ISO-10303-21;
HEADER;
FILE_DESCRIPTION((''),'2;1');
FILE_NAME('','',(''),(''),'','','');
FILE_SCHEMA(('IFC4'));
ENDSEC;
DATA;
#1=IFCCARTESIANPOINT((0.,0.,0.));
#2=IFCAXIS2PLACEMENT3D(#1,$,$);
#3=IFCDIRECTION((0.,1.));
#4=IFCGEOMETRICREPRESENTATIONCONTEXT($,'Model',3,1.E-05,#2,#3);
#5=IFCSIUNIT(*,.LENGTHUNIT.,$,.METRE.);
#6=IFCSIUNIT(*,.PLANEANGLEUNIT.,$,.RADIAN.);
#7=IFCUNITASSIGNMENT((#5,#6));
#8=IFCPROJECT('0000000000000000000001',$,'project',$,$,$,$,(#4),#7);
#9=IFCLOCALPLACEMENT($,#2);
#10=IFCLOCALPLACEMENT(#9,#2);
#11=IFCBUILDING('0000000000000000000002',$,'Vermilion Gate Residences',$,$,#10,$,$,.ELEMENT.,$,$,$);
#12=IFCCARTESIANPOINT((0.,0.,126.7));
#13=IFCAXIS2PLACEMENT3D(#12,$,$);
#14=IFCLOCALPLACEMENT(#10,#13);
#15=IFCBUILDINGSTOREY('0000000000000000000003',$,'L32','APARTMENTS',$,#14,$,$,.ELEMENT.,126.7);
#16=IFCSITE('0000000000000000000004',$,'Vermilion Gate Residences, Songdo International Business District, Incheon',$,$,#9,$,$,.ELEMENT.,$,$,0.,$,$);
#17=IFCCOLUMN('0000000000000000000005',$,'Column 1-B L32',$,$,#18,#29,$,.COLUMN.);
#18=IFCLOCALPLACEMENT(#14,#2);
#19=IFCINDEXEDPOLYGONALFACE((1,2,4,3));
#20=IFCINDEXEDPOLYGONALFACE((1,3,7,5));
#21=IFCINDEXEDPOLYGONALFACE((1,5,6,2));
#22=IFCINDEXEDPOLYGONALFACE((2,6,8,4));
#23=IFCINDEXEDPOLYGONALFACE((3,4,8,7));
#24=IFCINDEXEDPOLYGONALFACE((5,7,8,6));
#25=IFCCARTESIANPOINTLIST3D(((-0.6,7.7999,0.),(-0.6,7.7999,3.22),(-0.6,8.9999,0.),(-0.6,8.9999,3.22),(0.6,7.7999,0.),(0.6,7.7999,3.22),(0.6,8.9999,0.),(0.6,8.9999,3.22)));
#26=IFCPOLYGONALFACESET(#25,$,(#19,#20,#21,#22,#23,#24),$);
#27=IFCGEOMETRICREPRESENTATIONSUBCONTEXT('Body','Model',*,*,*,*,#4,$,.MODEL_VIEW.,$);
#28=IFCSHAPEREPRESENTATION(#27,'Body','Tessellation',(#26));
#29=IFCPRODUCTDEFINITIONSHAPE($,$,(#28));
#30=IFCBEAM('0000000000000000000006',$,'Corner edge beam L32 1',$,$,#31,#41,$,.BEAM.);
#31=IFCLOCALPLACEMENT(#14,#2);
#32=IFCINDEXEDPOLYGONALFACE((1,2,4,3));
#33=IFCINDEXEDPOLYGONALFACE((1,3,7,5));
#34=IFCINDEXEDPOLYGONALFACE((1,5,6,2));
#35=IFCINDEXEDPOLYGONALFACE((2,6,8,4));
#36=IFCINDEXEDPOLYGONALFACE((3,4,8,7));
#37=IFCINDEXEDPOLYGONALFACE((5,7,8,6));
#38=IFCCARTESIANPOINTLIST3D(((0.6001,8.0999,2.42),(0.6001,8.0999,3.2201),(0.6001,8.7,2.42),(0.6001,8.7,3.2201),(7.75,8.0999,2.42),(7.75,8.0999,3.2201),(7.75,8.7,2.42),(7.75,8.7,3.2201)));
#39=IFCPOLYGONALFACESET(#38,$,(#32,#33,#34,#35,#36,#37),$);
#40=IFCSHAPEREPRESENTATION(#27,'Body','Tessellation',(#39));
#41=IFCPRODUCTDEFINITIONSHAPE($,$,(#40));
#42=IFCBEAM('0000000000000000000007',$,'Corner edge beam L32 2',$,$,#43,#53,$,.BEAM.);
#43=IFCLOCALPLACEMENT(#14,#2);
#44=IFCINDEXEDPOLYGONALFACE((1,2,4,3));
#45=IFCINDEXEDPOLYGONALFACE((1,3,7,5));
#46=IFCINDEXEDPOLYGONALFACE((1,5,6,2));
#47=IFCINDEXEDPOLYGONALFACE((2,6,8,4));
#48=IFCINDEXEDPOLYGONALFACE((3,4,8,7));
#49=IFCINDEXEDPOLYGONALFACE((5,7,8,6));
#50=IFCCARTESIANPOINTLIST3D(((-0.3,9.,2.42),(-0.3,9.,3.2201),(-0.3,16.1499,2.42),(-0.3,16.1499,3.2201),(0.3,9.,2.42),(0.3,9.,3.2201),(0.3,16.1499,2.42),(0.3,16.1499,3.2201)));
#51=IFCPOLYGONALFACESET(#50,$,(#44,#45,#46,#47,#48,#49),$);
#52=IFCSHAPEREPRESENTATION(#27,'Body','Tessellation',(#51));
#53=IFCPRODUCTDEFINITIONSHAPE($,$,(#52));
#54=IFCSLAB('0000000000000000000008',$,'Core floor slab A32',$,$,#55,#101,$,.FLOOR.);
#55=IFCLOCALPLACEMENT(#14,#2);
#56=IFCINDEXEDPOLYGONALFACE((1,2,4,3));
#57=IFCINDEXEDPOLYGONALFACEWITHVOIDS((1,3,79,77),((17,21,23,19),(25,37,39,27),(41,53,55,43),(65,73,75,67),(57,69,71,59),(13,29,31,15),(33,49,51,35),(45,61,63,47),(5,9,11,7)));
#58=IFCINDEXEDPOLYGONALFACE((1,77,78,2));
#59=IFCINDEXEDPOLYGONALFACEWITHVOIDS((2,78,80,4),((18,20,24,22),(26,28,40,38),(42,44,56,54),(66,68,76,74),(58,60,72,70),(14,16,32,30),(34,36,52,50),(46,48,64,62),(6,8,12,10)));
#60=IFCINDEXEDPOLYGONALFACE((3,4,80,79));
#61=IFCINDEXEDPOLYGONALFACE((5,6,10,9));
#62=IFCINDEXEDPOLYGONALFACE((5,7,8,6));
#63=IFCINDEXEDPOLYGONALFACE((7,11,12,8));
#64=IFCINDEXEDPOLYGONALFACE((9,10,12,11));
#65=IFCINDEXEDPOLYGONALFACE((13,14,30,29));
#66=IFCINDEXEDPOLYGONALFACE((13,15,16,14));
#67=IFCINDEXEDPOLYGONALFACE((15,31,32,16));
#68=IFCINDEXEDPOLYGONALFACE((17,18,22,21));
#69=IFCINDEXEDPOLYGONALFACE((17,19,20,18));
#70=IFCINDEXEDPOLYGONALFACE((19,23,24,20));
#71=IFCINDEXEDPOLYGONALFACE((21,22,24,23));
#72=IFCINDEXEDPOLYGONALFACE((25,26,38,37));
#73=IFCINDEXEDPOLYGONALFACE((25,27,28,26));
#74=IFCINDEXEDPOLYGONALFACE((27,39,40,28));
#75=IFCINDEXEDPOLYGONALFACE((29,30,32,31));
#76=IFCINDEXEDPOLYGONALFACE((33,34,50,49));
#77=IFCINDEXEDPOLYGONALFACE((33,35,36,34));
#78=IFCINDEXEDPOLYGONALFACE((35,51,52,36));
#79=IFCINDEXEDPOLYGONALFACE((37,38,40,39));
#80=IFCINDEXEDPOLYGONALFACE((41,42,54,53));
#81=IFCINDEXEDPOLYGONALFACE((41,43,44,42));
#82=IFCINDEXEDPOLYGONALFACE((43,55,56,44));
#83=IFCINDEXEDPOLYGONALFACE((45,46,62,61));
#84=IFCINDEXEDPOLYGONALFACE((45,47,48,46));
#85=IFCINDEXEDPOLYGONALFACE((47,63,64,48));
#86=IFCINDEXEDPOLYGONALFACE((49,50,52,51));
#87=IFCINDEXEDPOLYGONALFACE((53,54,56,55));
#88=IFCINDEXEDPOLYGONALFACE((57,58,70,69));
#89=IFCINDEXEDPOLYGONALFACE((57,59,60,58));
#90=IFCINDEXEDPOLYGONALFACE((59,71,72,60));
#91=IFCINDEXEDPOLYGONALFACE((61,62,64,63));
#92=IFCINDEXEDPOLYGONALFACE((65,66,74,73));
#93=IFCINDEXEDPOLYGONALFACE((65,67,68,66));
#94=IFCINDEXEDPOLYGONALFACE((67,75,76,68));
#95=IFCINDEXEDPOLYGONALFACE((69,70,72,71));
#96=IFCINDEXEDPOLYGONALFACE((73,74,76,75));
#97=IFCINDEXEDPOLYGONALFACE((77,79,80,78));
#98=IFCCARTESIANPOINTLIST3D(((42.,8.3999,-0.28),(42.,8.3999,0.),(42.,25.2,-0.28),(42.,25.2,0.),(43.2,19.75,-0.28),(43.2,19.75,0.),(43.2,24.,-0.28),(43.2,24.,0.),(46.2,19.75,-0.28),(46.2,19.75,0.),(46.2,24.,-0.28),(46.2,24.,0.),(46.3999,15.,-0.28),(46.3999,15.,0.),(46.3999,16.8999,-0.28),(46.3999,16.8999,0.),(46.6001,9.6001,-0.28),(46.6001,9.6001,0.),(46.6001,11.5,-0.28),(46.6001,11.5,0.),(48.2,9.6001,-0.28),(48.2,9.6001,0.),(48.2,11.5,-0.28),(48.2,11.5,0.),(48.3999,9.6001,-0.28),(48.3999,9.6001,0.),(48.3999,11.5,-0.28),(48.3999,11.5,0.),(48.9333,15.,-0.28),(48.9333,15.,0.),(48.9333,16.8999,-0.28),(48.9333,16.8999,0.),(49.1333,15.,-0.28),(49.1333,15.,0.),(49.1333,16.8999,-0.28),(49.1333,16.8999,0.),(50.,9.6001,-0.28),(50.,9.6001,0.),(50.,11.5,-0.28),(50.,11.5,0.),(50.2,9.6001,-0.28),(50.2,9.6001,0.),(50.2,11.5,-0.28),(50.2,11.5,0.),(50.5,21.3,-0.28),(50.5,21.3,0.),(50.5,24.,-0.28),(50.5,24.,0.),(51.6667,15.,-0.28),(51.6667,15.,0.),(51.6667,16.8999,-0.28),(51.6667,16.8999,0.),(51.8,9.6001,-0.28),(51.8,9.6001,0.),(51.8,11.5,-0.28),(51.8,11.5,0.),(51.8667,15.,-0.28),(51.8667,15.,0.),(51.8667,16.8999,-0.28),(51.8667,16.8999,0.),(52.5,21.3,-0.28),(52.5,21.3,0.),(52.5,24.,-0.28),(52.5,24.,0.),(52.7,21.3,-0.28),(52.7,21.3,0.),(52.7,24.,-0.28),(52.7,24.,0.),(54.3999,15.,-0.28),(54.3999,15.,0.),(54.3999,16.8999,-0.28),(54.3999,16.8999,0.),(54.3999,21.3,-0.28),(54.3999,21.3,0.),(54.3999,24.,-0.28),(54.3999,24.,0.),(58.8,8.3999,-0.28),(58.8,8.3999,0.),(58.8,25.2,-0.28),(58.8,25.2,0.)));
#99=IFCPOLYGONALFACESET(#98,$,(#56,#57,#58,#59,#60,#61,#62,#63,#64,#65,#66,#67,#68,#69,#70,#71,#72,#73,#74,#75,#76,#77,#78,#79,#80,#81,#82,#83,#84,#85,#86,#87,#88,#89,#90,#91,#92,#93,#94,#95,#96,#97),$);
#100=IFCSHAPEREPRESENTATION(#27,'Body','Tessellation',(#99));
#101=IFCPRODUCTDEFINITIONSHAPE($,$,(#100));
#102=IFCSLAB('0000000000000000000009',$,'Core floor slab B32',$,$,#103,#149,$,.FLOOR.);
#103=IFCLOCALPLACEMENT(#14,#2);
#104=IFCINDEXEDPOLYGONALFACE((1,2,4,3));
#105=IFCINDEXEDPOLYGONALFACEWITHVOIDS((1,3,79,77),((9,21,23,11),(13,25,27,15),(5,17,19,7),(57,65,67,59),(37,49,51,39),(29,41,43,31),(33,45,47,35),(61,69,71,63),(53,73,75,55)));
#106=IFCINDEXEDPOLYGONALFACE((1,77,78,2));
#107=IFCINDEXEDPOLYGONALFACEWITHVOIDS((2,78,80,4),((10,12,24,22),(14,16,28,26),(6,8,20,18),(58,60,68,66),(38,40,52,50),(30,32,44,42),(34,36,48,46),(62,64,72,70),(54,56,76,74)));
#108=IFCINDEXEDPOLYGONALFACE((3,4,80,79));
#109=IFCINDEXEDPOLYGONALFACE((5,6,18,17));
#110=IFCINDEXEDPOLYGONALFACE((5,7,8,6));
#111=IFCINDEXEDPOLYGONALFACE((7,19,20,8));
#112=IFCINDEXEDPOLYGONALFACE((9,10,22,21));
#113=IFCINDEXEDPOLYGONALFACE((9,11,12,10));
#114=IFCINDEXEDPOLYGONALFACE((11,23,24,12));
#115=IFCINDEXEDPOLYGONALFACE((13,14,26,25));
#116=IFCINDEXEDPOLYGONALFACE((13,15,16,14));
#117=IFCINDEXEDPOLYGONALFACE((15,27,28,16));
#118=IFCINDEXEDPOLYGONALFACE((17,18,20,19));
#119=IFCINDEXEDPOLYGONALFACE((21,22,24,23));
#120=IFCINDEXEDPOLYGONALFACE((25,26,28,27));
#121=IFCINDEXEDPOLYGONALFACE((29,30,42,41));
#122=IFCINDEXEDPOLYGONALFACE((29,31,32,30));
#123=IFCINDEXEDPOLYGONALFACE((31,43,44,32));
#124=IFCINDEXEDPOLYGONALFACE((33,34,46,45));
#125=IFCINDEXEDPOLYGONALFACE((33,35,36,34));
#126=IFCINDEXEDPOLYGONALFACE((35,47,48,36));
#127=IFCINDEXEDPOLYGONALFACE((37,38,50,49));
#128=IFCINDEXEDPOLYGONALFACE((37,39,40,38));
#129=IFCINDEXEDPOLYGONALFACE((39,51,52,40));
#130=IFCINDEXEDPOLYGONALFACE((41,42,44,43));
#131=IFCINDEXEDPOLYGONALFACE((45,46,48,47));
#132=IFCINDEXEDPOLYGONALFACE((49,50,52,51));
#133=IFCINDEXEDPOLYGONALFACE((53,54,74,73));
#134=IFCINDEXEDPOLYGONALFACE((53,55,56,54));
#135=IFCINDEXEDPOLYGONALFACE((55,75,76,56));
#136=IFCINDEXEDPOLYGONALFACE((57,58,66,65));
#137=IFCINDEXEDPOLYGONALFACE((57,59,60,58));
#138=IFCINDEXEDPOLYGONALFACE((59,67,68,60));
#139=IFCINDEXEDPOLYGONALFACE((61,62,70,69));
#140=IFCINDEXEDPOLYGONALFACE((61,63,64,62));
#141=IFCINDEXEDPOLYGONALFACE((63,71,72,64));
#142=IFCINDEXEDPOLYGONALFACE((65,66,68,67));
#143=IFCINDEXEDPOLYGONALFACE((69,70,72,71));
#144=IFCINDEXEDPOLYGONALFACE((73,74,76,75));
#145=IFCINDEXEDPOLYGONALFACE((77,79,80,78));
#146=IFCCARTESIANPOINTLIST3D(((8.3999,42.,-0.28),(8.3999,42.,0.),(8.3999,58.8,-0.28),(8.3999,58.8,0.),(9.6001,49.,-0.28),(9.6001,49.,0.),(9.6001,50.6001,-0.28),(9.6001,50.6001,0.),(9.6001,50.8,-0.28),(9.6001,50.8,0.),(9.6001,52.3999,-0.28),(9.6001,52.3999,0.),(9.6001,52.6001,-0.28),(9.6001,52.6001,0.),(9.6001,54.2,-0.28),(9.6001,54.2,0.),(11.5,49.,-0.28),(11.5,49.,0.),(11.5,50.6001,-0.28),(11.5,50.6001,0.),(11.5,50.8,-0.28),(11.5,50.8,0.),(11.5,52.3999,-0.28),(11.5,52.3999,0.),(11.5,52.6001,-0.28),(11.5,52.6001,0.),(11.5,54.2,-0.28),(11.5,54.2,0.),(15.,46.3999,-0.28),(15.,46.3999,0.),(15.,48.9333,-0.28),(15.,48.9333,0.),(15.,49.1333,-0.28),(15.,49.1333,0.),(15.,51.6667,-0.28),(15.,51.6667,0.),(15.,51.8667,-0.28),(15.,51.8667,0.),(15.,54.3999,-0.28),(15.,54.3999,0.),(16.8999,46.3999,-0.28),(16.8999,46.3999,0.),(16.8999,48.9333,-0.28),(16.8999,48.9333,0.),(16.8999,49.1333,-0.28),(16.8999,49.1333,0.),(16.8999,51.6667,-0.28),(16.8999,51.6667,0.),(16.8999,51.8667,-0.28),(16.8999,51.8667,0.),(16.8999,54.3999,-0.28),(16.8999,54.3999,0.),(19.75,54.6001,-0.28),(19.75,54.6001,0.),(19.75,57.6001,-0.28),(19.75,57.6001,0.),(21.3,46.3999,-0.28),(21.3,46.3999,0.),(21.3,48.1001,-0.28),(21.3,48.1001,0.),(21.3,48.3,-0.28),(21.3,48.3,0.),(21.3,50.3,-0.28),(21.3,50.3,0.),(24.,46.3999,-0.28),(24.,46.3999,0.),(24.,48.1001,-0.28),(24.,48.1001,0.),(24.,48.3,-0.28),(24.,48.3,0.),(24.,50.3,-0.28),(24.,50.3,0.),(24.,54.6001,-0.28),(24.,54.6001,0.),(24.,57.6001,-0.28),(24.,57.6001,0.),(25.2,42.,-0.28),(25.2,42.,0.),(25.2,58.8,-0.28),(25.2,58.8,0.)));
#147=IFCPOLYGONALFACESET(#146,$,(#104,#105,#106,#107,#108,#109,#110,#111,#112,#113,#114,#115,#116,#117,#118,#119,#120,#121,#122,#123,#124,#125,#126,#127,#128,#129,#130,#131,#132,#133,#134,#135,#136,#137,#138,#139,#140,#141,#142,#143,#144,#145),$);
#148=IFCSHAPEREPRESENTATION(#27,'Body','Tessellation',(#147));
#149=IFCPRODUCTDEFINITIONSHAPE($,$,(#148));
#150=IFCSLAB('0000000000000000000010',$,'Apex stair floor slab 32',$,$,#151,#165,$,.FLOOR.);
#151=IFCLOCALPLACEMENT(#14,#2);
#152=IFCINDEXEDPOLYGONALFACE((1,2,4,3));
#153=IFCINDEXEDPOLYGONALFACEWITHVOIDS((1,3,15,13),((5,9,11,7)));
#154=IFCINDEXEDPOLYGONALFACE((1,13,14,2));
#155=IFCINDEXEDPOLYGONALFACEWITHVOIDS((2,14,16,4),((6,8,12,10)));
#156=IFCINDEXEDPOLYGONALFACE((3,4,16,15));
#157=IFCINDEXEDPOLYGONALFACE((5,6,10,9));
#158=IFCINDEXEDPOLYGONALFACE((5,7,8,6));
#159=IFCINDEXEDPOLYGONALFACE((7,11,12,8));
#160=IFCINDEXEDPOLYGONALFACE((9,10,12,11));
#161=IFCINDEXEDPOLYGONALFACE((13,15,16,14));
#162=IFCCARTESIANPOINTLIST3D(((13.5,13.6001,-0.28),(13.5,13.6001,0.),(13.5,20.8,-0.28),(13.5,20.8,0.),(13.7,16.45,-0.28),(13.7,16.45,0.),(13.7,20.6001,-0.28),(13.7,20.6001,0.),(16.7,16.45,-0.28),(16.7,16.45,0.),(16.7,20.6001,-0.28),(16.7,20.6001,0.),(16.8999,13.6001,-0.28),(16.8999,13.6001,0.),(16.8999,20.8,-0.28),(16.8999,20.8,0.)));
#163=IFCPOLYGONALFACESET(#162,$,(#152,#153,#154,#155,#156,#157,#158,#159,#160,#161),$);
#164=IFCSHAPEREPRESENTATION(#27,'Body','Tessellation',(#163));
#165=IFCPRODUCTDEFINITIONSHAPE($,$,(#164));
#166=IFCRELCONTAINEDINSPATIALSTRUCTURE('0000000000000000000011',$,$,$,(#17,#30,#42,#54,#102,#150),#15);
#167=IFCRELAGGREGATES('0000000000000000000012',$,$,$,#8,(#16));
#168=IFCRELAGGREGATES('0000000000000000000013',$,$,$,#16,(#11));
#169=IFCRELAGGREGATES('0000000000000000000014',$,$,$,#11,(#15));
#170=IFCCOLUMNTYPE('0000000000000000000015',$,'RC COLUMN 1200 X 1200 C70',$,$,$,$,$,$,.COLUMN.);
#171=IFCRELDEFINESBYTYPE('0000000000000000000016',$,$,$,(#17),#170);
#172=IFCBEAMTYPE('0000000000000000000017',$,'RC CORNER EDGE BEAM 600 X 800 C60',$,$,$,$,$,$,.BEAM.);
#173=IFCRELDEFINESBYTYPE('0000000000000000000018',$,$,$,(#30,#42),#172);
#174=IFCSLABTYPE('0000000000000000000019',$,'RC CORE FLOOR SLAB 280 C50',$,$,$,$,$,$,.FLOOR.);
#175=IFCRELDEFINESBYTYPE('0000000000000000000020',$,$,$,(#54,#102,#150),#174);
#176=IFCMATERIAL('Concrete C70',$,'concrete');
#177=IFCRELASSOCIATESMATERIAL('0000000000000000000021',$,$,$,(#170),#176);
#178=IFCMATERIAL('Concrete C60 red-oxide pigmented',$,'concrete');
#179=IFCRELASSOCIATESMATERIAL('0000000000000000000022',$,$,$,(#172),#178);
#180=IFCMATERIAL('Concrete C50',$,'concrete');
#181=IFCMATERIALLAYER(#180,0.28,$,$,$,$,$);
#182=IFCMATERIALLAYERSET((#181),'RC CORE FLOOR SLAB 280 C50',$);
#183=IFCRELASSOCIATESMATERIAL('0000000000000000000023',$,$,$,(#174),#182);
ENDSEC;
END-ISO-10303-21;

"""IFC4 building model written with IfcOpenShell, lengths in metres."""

from ifc_helpers import new_model, si_unit, direction, frame, origin, origin_2d, place, context, subcontext, project, spatial, polyline, rectangle, outline, extrude, material, layer, layer_set, material_profile, profile_set, type_object, element, save


model = new_model("IFC4")

# Units and contexts
model_context = context("Model", 3, precision=1e-05, world=origin(), true_north=direction((0.0, 1.0)))
body_context = subcontext(model_context, "Body", "Model", "MODEL_VIEW")
ifc_project = project(units=[si_unit("LENGTHUNIT", "METRE"), si_unit("PLANEANGLEUNIT", "RADIAN")], contexts=[model_context])

# Site, building, storey
site_placement = place(None, origin())
site = spatial("IfcSite", under=ifc_project, at=site_placement, Name="Vermilion Gate Residences, Songdo International Business District, Incheon", CompositionType="ELEMENT", RefElevation=0.0)
building_placement = place(site_placement, origin())
building = spatial("IfcBuilding", under=site, at=building_placement, Name="Vermilion Gate Residences", CompositionType="ELEMENT")
storey_placement = place(building_placement, frame((0.0, 0.0, 126.7)))
storey = spatial("IfcBuildingStorey", under=building, at=storey_placement, Name="L32", Description="APARTMENTS", CompositionType="ELEMENT", Elevation=126.7)

# Column
ifc_material_1 = material(Name="Concrete C70", Category="concrete")
ifc_material_profile_1 = material_profile(ifc_material_1, rectangle(XDim=1.2, YDim=1.2, at=origin_2d()), Name="RC-1200x1200")
ifc_profile_set_1 = profile_set([ifc_material_profile_1], Name="Concrete C70")
column_type = type_object("IfcColumnType", Name="RC COLUMN 1200 X 1200 C70", PredefinedType="COLUMN", material=ifc_profile_set_1)
column_placement = place(storey_placement, frame((0.0, 8.3999, 0.0), z_axis=(0.0, 0.0, 1.0), x_axis=(1.0, 0.0, 0.0)))
element("IfcColumn", 1, at=column_placement, inside=storey, type_object=column_type, Name="Column 1-B L32", PredefinedType="COLUMN", context=body_context, shape_type="SweptSolid", body=[
    extrude(rectangle(XDim=1.2, YDim=1.2, at=origin_2d()), origin(), (0.0, 0.0, 1.0), 3.22),
])

# Beams
ifc_material_2 = material(Name="Concrete C60 red-oxide pigmented", Category="concrete")
ifc_material_profile_2 = material_profile(ifc_material_2, rectangle(XDim=0.6001, YDim=0.8, at=origin_2d()), Name="RC-600x800")
ifc_profile_set_2 = profile_set([ifc_material_profile_2], Name="Concrete C60 red-oxide pigmented")
beam_type = type_object("IfcBeamType", Name="RC CORNER EDGE BEAM 600 X 800 C60", PredefinedType="BEAM", material=ifc_profile_set_2)
for number, where, z_axis, x_axis, name in (
    (2, (0.6001, 8.3999, 2.8201), (1.0, 0.0, 0.0), (0.0, 1.0, 0.0), "Corner edge beam L32 1"),
    (3, (0.0, 9.0, 2.8201), (0.0, 1.0, 0.0), (-1.0, 0.0, 0.0), "Corner edge beam L32 2"),
):
    element("IfcBeam", number, at=place(storey_placement, frame(where, z_axis=z_axis, x_axis=x_axis)), inside=storey, type_object=beam_type, Name=name, PredefinedType="BEAM", context=body_context, shape_type="SweptSolid", body=[
        extrude(rectangle(XDim=0.6001, YDim=0.8, at=origin_2d()), origin(), (0.0, 0.0, 1.0), 7.1499),
    ])

# Slabs
ifc_material_3 = material(Name="Concrete C50", Category="concrete")
ifc_layer_1 = layer(ifc_material_3, 0.28)
ifc_layer_set_1 = layer_set([ifc_layer_1], Name="RC CORE FLOOR SLAB 280 C50")
slab_type_1 = type_object("IfcSlabType", Name="RC CORE FLOOR SLAB 280 C50", PredefinedType="FLOOR", material=ifc_layer_set_1)
slab_1_placement = place(storey_placement, frame((0.0, 0.0, -0.28)))
element("IfcSlab", 4, at=slab_1_placement, inside=storey, type_object=slab_type_1, Name="Core floor slab A32", PredefinedType="FLOOR", context=body_context, shape_type="SweptSolid", body=[
    extrude(outline(polyline([(42.0, 8.3999), (58.8, 8.3999), (58.8, 25.2), (42.0, 25.2), (42.0, 8.3999)]), holes=[polyline([(46.6001, 11.5), (48.2, 11.5), (48.2, 9.6001), (46.6001, 9.6001), (46.6001, 11.5)]), polyline([(48.3999, 11.5), (50.0, 11.5), (50.0, 9.6001), (48.3999, 9.6001), (48.3999, 11.5)]), polyline([(50.2, 11.5), (51.8, 11.5), (51.8, 9.6001), (50.2, 9.6001), (50.2, 11.5)]), polyline([(46.3999, 16.8999), (48.9333, 16.8999), (48.9333, 15.0), (46.3999, 15.0), (46.3999, 16.8999)]), polyline([(49.1333, 16.8999), (51.6667, 16.8999), (51.6667, 15.0), (49.1333, 15.0), (49.1333, 16.8999)]), polyline([(51.8667, 16.8999), (54.3999, 16.8999), (54.3999, 15.0), (51.8667, 15.0), (51.8667, 16.8999)]), polyline([(43.2, 24.0), (46.2, 24.0), (46.2, 19.75), (43.2, 19.75), (43.2, 24.0)]), polyline([(52.5, 24.0), (52.5, 21.3), (50.5, 21.3), (50.5, 24.0), (52.5, 24.0)]), polyline([(54.3999, 24.0), (54.3999, 21.3), (52.7, 21.3), (52.7, 24.0), (54.3999, 24.0)])]), origin(), (0.0, 0.0, 1.0), 0.28),
])
slab_2_placement = place(storey_placement, frame((0.0, 0.0, -0.28)))
element("IfcSlab", 5, at=slab_2_placement, inside=storey, type_object=slab_type_1, Name="Core floor slab B32", PredefinedType="FLOOR", context=body_context, shape_type="SweptSolid", body=[
    extrude(outline(polyline([(8.3999, 42.0), (25.2, 42.0), (25.2, 58.8), (8.3999, 58.8), (8.3999, 42.0)]), holes=[polyline([(21.3, 48.1001), (24.0, 48.1001), (24.0, 46.3999), (21.3, 46.3999), (21.3, 48.1001)]), polyline([(15.0, 48.9333), (16.8999, 48.9333), (16.8999, 46.3999), (15.0, 46.3999), (15.0, 48.9333)]), polyline([(21.3, 50.3), (24.0, 50.3), (24.0, 48.3), (21.3, 48.3), (21.3, 50.3)]), polyline([(9.6001, 50.6001), (11.5, 50.6001), (11.5, 49.0), (9.6001, 49.0), (9.6001, 50.6001)]), polyline([(15.0, 51.6667), (16.8999, 51.6667), (16.8999, 49.1333), (15.0, 49.1333), (15.0, 51.6667)]), polyline([(9.6001, 52.3999), (11.5, 52.3999), (11.5, 50.8), (9.6001, 50.8), (9.6001, 52.3999)]), polyline([(15.0, 54.3999), (16.8999, 54.3999), (16.8999, 51.8667), (15.0, 51.8667), (15.0, 54.3999)]), polyline([(11.5, 54.2), (11.5, 52.6001), (9.6001, 52.6001), (9.6001, 54.2), (11.5, 54.2)]), polyline([(24.0, 57.6001), (24.0, 54.6001), (19.75, 54.6001), (19.75, 57.6001), (24.0, 57.6001)])]), origin(), (0.0, 0.0, 1.0), 0.28),
])
slab_3_placement = place(storey_placement, frame((0.0, 0.0, -0.28)))
element("IfcSlab", 6, at=slab_3_placement, inside=storey, type_object=slab_type_1, Name="Apex stair floor slab 32", PredefinedType="FLOOR", context=body_context, shape_type="SweptSolid", body=[
    extrude(outline(polyline([(13.5, 13.6001), (16.8999, 13.6001), (16.8999, 20.8), (13.5, 20.8), (13.5, 13.6001)]), holes=[polyline([(16.7, 20.6001), (16.7, 16.45), (13.7, 16.45), (13.7, 20.6001), (16.7, 20.6001)])]), origin(), (0.0, 0.0, 1.0), 0.28),
])

save(model, "model.ifc")
